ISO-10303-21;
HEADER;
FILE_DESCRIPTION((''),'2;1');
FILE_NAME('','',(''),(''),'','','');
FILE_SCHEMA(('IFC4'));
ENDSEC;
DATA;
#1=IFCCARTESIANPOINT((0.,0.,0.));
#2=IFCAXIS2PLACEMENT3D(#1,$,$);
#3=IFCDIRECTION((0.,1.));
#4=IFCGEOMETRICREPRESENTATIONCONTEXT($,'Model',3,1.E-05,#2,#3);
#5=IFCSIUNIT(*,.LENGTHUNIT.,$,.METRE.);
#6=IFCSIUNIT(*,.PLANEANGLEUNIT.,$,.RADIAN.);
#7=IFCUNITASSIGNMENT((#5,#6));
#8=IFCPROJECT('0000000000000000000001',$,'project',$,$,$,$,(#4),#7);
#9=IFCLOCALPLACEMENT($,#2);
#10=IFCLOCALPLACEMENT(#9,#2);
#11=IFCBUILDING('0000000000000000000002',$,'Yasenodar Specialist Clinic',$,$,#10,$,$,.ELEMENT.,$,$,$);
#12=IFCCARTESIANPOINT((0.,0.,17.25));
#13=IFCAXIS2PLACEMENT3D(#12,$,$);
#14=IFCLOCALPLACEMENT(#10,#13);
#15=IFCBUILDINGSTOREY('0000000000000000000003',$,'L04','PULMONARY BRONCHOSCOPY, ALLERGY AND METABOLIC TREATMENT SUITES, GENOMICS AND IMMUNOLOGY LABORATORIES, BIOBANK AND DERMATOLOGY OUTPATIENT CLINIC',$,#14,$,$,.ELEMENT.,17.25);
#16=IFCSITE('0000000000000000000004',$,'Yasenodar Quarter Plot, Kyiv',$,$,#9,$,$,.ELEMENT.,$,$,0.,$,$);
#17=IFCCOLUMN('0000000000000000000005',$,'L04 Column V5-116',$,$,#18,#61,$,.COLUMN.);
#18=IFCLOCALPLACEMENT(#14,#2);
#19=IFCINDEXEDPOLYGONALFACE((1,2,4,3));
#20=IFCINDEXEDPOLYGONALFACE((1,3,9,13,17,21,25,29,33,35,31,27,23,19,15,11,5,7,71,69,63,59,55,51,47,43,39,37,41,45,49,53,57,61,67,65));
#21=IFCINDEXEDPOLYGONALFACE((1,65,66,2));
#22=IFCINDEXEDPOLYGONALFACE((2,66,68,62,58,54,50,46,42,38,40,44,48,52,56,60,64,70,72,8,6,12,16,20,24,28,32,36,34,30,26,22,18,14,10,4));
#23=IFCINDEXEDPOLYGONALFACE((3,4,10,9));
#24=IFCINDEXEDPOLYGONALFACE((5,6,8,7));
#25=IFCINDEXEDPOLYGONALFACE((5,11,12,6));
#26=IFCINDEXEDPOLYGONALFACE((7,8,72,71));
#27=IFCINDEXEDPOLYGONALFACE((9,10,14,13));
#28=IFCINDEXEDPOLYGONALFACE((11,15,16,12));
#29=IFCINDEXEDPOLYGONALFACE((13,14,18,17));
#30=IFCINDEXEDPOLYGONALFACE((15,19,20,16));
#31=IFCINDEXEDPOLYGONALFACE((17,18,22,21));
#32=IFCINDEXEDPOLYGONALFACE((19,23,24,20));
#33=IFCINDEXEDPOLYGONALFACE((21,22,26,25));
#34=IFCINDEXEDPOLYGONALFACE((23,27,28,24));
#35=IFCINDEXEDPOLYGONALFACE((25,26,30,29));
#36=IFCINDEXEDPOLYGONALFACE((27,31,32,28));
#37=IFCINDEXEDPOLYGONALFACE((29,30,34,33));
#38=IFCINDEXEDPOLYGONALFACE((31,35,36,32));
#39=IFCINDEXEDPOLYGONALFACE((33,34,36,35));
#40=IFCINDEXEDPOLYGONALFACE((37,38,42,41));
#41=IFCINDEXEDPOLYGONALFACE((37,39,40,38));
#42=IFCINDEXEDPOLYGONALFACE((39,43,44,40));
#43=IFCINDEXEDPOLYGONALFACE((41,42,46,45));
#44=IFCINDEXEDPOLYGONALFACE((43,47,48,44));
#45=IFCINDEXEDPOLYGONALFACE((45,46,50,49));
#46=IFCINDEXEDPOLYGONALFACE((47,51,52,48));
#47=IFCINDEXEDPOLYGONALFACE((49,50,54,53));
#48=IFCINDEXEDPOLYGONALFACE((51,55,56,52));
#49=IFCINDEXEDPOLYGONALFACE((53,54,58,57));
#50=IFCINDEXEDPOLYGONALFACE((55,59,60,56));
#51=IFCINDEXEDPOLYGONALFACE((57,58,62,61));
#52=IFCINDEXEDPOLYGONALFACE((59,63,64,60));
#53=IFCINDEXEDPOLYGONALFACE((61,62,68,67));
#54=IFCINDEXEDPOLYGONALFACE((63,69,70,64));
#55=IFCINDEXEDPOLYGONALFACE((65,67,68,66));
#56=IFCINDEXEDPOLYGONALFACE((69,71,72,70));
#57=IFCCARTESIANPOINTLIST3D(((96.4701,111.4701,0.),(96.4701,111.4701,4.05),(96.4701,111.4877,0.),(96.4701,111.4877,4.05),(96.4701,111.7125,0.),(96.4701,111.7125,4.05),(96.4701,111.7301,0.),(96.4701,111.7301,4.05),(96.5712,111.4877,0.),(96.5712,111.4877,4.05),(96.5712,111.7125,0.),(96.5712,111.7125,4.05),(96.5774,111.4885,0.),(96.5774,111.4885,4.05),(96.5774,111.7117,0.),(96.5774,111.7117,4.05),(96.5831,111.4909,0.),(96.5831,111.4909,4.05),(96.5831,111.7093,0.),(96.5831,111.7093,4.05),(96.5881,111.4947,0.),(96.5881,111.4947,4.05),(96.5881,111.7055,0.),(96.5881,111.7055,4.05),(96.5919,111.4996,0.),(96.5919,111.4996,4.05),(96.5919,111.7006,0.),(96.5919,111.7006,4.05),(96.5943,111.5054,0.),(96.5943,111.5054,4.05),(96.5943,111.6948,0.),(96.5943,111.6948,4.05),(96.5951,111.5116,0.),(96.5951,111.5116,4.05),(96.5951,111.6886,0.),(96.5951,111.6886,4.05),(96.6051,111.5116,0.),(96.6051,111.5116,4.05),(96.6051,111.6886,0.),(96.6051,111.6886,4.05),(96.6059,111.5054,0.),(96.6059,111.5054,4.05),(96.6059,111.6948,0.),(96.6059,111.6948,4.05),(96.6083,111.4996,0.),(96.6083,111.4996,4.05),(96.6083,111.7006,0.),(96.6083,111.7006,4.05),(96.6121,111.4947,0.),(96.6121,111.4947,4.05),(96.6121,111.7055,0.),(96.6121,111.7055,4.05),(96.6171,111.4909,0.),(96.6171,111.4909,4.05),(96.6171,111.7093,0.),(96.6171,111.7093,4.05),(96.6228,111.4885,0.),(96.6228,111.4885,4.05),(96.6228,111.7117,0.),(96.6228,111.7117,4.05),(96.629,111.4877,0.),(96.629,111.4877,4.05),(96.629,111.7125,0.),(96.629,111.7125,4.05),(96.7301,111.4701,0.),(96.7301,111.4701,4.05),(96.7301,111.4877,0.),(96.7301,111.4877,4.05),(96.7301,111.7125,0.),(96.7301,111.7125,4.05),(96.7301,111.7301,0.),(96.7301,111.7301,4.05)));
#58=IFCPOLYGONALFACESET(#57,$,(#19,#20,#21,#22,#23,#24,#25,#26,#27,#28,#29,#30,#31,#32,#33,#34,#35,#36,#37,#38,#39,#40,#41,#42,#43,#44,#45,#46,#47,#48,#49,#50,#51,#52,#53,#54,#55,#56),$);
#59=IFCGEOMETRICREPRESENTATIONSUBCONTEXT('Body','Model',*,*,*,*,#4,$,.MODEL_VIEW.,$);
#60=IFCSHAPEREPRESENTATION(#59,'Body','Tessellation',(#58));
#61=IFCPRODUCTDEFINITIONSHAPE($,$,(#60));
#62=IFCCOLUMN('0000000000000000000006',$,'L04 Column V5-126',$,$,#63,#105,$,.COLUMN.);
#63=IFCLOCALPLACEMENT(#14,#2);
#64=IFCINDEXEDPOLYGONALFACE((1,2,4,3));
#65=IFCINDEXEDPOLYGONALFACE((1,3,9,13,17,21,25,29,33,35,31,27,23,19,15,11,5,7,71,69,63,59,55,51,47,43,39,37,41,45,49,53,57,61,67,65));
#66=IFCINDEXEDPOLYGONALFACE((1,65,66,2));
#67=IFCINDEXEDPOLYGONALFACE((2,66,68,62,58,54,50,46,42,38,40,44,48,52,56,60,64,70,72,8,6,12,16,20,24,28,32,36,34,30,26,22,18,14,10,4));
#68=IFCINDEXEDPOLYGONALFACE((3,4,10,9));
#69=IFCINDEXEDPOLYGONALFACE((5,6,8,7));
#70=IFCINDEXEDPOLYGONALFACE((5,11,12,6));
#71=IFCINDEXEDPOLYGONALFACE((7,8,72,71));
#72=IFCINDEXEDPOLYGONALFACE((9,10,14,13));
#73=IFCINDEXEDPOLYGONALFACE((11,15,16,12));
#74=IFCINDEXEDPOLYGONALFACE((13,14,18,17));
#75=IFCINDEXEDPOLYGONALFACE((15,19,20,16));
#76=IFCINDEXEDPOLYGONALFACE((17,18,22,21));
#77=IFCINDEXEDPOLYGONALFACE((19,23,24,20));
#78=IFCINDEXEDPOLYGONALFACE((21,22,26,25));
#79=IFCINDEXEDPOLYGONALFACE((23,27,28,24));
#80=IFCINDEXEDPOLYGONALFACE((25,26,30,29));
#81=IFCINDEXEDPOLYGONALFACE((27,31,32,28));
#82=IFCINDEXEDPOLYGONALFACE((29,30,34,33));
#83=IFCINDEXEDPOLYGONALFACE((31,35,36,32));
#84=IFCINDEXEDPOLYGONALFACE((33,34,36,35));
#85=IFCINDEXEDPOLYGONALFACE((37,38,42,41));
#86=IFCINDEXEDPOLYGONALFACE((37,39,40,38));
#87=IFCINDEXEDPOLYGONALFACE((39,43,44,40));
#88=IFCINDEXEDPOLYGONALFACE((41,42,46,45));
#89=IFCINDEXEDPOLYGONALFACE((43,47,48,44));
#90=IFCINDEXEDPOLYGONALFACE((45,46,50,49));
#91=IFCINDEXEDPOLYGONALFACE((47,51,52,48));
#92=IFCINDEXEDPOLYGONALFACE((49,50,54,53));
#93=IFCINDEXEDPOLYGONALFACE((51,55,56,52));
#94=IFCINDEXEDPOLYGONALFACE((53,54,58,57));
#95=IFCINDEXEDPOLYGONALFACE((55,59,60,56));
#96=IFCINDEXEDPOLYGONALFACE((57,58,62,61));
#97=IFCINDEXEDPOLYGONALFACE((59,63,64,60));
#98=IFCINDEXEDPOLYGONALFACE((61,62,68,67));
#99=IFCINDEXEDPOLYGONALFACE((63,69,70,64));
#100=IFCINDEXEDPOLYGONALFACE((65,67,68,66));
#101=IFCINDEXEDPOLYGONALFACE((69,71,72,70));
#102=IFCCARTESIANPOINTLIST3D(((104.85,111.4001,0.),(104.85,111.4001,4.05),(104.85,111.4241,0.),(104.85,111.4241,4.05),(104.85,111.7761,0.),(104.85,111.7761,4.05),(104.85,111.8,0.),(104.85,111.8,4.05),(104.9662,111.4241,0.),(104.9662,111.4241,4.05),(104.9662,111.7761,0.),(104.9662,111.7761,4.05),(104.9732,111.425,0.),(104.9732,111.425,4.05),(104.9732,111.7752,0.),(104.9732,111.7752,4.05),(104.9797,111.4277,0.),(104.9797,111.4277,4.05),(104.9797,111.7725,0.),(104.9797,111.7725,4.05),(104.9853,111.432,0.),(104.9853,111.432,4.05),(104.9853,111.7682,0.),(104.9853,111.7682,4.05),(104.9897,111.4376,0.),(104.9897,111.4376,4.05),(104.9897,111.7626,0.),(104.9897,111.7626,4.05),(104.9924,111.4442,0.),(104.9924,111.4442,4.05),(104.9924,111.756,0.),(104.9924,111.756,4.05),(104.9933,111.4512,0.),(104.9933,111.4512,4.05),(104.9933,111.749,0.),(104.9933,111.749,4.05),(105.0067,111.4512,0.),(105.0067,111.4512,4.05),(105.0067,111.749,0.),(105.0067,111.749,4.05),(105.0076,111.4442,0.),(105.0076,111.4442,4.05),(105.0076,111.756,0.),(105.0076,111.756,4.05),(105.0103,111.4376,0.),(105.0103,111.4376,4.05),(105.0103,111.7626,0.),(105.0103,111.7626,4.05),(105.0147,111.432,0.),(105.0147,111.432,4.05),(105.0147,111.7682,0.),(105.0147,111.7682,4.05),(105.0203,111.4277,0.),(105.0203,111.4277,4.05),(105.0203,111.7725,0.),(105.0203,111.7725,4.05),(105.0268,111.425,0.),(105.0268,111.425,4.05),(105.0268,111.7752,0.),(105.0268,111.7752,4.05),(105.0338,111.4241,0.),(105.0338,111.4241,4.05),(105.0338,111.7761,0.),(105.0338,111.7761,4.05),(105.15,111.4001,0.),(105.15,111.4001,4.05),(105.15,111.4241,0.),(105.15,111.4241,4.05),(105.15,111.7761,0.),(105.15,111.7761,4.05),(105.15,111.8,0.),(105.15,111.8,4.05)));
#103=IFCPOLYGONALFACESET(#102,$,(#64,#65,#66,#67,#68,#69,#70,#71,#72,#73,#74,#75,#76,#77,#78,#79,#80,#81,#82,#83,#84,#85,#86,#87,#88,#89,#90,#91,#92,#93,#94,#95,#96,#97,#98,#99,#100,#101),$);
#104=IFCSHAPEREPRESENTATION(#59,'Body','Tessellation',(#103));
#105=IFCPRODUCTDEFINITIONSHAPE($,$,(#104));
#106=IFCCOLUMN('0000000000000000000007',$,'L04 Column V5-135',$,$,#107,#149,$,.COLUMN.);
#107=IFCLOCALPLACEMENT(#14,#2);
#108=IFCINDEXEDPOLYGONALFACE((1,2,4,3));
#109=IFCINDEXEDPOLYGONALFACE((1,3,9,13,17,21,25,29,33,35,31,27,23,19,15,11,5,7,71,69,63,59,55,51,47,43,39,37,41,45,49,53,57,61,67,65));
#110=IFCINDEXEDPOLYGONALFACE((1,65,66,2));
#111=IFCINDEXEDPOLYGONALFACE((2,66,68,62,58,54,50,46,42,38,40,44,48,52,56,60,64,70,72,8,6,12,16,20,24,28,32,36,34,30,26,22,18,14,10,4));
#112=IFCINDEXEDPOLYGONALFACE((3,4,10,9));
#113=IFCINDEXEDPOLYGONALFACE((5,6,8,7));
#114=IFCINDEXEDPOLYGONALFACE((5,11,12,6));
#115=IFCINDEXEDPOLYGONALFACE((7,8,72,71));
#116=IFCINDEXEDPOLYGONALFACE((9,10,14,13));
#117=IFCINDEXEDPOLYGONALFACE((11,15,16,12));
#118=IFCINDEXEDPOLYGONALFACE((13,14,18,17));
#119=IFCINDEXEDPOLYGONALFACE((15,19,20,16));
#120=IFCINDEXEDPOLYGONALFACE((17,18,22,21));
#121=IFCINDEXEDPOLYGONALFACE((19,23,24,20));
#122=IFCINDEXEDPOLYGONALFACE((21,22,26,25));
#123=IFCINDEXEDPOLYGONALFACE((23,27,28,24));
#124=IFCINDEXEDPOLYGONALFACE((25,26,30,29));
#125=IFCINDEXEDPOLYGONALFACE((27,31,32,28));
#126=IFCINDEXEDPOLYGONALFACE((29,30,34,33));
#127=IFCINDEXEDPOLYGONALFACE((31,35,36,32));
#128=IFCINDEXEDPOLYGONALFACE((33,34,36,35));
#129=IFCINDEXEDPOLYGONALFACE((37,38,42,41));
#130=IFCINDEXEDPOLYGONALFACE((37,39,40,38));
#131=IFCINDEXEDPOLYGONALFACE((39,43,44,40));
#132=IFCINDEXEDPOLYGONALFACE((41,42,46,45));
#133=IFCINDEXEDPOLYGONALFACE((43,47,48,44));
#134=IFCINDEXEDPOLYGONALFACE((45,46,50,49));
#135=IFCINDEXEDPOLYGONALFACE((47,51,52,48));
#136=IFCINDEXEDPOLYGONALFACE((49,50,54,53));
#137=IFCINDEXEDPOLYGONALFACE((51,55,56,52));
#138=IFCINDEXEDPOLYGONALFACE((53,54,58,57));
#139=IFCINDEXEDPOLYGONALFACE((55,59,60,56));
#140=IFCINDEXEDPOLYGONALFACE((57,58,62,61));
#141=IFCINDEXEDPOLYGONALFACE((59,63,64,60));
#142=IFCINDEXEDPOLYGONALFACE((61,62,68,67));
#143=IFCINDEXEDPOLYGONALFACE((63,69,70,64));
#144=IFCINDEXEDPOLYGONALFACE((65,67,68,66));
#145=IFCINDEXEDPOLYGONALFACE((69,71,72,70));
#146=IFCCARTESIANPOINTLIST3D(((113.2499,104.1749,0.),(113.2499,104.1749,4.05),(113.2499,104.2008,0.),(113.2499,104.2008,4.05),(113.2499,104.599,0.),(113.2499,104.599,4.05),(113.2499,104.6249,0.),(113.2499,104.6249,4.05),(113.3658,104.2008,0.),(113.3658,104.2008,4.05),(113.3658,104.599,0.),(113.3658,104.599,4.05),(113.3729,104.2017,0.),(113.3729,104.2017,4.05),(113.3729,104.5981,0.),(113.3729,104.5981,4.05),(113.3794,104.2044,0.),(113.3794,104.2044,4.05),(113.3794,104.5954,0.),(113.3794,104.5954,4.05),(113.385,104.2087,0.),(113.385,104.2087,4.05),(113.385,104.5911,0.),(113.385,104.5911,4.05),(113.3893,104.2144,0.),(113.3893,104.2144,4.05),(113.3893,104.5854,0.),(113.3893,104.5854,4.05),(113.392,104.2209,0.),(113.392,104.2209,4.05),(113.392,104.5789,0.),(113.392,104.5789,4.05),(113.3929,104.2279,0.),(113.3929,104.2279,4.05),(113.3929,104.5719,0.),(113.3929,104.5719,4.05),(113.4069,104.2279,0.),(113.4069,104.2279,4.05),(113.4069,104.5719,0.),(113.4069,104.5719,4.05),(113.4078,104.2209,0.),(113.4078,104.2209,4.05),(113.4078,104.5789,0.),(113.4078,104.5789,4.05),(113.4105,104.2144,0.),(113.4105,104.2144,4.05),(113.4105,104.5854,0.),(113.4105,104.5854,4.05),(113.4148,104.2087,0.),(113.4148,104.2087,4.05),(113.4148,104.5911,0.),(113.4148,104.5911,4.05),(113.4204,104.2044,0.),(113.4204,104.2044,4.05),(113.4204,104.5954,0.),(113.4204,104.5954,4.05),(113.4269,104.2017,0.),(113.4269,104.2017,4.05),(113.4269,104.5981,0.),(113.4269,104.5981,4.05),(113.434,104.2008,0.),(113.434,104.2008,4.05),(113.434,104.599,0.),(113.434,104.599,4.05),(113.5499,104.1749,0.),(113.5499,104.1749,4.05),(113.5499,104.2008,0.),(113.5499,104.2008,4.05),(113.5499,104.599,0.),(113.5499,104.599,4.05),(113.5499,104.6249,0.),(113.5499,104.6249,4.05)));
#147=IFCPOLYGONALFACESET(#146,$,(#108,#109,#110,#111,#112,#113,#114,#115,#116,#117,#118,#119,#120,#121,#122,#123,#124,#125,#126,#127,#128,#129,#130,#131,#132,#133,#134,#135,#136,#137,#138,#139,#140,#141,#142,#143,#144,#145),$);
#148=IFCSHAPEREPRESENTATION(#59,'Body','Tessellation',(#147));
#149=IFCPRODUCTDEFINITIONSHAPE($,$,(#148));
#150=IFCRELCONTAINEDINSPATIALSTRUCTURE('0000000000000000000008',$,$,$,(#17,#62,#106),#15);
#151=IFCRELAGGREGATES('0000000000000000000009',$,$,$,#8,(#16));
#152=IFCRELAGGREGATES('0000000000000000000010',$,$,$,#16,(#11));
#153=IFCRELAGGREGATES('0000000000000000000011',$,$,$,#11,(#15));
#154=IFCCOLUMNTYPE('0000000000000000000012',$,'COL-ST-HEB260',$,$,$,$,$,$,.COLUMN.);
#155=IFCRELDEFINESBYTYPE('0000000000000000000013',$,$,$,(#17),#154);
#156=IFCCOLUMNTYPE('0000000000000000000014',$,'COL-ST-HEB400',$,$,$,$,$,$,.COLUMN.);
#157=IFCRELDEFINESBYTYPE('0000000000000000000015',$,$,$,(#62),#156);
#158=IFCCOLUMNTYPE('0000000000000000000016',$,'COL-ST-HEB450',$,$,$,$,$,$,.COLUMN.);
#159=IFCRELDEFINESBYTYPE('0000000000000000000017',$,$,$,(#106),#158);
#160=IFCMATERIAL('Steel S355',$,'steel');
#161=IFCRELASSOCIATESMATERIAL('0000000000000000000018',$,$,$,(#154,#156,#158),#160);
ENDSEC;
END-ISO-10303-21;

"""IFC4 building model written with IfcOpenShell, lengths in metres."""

from ifc_helpers import new_model, si_unit, direction, frame, origin, origin_2d, place, context, subcontext, project, spatial, i_section, extrude, material, material_profile, profile_set, type_object, element, save


model = new_model("IFC4")

# Units and contexts
model_context = context("Model", 3, precision=1e-05, world=origin(), true_north=direction((0.0, 1.0)))
body_context = subcontext(model_context, "Body", "Model", "MODEL_VIEW")
ifc_project = project(units=[si_unit("LENGTHUNIT", "METRE"), si_unit("PLANEANGLEUNIT", "RADIAN")], contexts=[model_context])

# Site, building, storey
site_placement = place(None, origin())
site = spatial("IfcSite", under=ifc_project, at=site_placement, Name="Yasenodar Quarter Plot, Kyiv", CompositionType="ELEMENT", RefElevation=0.0)
building_placement = place(site_placement, origin())
building = spatial("IfcBuilding", under=site, at=building_placement, Name="Yasenodar Specialist Clinic", CompositionType="ELEMENT")
storey_placement = place(building_placement, frame((0.0, 0.0, 17.25)))
storey = spatial("IfcBuildingStorey", under=building, at=storey_placement, Name="L04", Description="PULMONARY BRONCHOSCOPY, ALLERGY AND METABOLIC TREATMENT SUITES, GENOMICS AND IMMUNOLOGY LABORATORIES, BIOBANK AND DERMATOLOGY OUTPATIENT CLINIC", CompositionType="ELEMENT", Elevation=17.25)

# Columns
ifc_material_1 = material(Name="Steel S355", Category="steel")
ifc_material_profile_1 = material_profile(ifc_material_1, i_section(OverallWidth=0.26, OverallDepth=0.26, WebThickness=0.01, FlangeThickness=0.0176, FilletRadius=0.0239, at=origin_2d()), Name="HEB 260")
ifc_profile_set_1 = profile_set([ifc_material_profile_1], Name="Steel S355")
column_type_1 = type_object("IfcColumnType", Name="COL-ST-HEB260", PredefinedType="COLUMN", material=ifc_profile_set_1)
column_1_placement = place(storey_placement, frame((96.6001, 111.6001, 0.0), z_axis=(0.0, 0.0, 1.0), x_axis=(1.0, 0.0, 0.0)))
element("IfcColumn", 1, at=column_1_placement, inside=storey, type_object=column_type_1, Name="L04 Column V5-116", PredefinedType="COLUMN", context=body_context, shape_type="SweptSolid", body=[
    extrude(i_section(OverallWidth=0.26, OverallDepth=0.26, WebThickness=0.01, FlangeThickness=0.0176, FilletRadius=0.0239, at=origin_2d()), origin(), (0.0, 0.0, 1.0), 4.05),
])
ifc_material_profile_2 = material_profile(ifc_material_1, i_section(OverallWidth=0.3, OverallDepth=0.3999, WebThickness=0.0134, FlangeThickness=0.0239, FilletRadius=0.0271, at=origin_2d()), Name="HEB 400")
ifc_profile_set_2 = profile_set([ifc_material_profile_2], Name="Steel S355")
column_type_2 = type_object("IfcColumnType", Name="COL-ST-HEB400", PredefinedType="COLUMN", material=ifc_profile_set_2)
column_2_placement = place(storey_placement, frame((105.0, 111.6001, 0.0), z_axis=(0.0, 0.0, 1.0), x_axis=(1.0, 0.0, 0.0)))
element("IfcColumn", 2, at=column_2_placement, inside=storey, type_object=column_type_2, Name="L04 Column V5-126", PredefinedType="COLUMN", context=body_context, shape_type="SweptSolid", body=[
    extrude(i_section(OverallWidth=0.3, OverallDepth=0.3999, WebThickness=0.0134, FlangeThickness=0.0239, FilletRadius=0.0271, at=origin_2d()), origin(), (0.0, 0.0, 1.0), 4.05),
])
ifc_material_profile_3 = material_profile(ifc_material_1, i_section(OverallWidth=0.3, OverallDepth=0.45, WebThickness=0.0139, FlangeThickness=0.0259, FilletRadius=0.0271, at=origin_2d()), Name="HEB 450")
ifc_profile_set_3 = profile_set([ifc_material_profile_3], Name="Steel S355")
column_type_3 = type_object("IfcColumnType", Name="COL-ST-HEB450", PredefinedType="COLUMN", material=ifc_profile_set_3)
column_3_placement = place(storey_placement, frame((113.3999, 104.3999, 0.0), z_axis=(0.0, 0.0, 1.0), x_axis=(1.0, 0.0, 0.0)))
element("IfcColumn", 3, at=column_3_placement, inside=storey, type_object=column_type_3, Name="L04 Column V5-135", PredefinedType="COLUMN", context=body_context, shape_type="SweptSolid", body=[
    extrude(i_section(OverallWidth=0.3, OverallDepth=0.45, WebThickness=0.0139, FlangeThickness=0.0259, FilletRadius=0.0271, at=origin_2d()), origin(), (0.0, 0.0, 1.0), 4.05),
])

save(model, "model.ifc")
